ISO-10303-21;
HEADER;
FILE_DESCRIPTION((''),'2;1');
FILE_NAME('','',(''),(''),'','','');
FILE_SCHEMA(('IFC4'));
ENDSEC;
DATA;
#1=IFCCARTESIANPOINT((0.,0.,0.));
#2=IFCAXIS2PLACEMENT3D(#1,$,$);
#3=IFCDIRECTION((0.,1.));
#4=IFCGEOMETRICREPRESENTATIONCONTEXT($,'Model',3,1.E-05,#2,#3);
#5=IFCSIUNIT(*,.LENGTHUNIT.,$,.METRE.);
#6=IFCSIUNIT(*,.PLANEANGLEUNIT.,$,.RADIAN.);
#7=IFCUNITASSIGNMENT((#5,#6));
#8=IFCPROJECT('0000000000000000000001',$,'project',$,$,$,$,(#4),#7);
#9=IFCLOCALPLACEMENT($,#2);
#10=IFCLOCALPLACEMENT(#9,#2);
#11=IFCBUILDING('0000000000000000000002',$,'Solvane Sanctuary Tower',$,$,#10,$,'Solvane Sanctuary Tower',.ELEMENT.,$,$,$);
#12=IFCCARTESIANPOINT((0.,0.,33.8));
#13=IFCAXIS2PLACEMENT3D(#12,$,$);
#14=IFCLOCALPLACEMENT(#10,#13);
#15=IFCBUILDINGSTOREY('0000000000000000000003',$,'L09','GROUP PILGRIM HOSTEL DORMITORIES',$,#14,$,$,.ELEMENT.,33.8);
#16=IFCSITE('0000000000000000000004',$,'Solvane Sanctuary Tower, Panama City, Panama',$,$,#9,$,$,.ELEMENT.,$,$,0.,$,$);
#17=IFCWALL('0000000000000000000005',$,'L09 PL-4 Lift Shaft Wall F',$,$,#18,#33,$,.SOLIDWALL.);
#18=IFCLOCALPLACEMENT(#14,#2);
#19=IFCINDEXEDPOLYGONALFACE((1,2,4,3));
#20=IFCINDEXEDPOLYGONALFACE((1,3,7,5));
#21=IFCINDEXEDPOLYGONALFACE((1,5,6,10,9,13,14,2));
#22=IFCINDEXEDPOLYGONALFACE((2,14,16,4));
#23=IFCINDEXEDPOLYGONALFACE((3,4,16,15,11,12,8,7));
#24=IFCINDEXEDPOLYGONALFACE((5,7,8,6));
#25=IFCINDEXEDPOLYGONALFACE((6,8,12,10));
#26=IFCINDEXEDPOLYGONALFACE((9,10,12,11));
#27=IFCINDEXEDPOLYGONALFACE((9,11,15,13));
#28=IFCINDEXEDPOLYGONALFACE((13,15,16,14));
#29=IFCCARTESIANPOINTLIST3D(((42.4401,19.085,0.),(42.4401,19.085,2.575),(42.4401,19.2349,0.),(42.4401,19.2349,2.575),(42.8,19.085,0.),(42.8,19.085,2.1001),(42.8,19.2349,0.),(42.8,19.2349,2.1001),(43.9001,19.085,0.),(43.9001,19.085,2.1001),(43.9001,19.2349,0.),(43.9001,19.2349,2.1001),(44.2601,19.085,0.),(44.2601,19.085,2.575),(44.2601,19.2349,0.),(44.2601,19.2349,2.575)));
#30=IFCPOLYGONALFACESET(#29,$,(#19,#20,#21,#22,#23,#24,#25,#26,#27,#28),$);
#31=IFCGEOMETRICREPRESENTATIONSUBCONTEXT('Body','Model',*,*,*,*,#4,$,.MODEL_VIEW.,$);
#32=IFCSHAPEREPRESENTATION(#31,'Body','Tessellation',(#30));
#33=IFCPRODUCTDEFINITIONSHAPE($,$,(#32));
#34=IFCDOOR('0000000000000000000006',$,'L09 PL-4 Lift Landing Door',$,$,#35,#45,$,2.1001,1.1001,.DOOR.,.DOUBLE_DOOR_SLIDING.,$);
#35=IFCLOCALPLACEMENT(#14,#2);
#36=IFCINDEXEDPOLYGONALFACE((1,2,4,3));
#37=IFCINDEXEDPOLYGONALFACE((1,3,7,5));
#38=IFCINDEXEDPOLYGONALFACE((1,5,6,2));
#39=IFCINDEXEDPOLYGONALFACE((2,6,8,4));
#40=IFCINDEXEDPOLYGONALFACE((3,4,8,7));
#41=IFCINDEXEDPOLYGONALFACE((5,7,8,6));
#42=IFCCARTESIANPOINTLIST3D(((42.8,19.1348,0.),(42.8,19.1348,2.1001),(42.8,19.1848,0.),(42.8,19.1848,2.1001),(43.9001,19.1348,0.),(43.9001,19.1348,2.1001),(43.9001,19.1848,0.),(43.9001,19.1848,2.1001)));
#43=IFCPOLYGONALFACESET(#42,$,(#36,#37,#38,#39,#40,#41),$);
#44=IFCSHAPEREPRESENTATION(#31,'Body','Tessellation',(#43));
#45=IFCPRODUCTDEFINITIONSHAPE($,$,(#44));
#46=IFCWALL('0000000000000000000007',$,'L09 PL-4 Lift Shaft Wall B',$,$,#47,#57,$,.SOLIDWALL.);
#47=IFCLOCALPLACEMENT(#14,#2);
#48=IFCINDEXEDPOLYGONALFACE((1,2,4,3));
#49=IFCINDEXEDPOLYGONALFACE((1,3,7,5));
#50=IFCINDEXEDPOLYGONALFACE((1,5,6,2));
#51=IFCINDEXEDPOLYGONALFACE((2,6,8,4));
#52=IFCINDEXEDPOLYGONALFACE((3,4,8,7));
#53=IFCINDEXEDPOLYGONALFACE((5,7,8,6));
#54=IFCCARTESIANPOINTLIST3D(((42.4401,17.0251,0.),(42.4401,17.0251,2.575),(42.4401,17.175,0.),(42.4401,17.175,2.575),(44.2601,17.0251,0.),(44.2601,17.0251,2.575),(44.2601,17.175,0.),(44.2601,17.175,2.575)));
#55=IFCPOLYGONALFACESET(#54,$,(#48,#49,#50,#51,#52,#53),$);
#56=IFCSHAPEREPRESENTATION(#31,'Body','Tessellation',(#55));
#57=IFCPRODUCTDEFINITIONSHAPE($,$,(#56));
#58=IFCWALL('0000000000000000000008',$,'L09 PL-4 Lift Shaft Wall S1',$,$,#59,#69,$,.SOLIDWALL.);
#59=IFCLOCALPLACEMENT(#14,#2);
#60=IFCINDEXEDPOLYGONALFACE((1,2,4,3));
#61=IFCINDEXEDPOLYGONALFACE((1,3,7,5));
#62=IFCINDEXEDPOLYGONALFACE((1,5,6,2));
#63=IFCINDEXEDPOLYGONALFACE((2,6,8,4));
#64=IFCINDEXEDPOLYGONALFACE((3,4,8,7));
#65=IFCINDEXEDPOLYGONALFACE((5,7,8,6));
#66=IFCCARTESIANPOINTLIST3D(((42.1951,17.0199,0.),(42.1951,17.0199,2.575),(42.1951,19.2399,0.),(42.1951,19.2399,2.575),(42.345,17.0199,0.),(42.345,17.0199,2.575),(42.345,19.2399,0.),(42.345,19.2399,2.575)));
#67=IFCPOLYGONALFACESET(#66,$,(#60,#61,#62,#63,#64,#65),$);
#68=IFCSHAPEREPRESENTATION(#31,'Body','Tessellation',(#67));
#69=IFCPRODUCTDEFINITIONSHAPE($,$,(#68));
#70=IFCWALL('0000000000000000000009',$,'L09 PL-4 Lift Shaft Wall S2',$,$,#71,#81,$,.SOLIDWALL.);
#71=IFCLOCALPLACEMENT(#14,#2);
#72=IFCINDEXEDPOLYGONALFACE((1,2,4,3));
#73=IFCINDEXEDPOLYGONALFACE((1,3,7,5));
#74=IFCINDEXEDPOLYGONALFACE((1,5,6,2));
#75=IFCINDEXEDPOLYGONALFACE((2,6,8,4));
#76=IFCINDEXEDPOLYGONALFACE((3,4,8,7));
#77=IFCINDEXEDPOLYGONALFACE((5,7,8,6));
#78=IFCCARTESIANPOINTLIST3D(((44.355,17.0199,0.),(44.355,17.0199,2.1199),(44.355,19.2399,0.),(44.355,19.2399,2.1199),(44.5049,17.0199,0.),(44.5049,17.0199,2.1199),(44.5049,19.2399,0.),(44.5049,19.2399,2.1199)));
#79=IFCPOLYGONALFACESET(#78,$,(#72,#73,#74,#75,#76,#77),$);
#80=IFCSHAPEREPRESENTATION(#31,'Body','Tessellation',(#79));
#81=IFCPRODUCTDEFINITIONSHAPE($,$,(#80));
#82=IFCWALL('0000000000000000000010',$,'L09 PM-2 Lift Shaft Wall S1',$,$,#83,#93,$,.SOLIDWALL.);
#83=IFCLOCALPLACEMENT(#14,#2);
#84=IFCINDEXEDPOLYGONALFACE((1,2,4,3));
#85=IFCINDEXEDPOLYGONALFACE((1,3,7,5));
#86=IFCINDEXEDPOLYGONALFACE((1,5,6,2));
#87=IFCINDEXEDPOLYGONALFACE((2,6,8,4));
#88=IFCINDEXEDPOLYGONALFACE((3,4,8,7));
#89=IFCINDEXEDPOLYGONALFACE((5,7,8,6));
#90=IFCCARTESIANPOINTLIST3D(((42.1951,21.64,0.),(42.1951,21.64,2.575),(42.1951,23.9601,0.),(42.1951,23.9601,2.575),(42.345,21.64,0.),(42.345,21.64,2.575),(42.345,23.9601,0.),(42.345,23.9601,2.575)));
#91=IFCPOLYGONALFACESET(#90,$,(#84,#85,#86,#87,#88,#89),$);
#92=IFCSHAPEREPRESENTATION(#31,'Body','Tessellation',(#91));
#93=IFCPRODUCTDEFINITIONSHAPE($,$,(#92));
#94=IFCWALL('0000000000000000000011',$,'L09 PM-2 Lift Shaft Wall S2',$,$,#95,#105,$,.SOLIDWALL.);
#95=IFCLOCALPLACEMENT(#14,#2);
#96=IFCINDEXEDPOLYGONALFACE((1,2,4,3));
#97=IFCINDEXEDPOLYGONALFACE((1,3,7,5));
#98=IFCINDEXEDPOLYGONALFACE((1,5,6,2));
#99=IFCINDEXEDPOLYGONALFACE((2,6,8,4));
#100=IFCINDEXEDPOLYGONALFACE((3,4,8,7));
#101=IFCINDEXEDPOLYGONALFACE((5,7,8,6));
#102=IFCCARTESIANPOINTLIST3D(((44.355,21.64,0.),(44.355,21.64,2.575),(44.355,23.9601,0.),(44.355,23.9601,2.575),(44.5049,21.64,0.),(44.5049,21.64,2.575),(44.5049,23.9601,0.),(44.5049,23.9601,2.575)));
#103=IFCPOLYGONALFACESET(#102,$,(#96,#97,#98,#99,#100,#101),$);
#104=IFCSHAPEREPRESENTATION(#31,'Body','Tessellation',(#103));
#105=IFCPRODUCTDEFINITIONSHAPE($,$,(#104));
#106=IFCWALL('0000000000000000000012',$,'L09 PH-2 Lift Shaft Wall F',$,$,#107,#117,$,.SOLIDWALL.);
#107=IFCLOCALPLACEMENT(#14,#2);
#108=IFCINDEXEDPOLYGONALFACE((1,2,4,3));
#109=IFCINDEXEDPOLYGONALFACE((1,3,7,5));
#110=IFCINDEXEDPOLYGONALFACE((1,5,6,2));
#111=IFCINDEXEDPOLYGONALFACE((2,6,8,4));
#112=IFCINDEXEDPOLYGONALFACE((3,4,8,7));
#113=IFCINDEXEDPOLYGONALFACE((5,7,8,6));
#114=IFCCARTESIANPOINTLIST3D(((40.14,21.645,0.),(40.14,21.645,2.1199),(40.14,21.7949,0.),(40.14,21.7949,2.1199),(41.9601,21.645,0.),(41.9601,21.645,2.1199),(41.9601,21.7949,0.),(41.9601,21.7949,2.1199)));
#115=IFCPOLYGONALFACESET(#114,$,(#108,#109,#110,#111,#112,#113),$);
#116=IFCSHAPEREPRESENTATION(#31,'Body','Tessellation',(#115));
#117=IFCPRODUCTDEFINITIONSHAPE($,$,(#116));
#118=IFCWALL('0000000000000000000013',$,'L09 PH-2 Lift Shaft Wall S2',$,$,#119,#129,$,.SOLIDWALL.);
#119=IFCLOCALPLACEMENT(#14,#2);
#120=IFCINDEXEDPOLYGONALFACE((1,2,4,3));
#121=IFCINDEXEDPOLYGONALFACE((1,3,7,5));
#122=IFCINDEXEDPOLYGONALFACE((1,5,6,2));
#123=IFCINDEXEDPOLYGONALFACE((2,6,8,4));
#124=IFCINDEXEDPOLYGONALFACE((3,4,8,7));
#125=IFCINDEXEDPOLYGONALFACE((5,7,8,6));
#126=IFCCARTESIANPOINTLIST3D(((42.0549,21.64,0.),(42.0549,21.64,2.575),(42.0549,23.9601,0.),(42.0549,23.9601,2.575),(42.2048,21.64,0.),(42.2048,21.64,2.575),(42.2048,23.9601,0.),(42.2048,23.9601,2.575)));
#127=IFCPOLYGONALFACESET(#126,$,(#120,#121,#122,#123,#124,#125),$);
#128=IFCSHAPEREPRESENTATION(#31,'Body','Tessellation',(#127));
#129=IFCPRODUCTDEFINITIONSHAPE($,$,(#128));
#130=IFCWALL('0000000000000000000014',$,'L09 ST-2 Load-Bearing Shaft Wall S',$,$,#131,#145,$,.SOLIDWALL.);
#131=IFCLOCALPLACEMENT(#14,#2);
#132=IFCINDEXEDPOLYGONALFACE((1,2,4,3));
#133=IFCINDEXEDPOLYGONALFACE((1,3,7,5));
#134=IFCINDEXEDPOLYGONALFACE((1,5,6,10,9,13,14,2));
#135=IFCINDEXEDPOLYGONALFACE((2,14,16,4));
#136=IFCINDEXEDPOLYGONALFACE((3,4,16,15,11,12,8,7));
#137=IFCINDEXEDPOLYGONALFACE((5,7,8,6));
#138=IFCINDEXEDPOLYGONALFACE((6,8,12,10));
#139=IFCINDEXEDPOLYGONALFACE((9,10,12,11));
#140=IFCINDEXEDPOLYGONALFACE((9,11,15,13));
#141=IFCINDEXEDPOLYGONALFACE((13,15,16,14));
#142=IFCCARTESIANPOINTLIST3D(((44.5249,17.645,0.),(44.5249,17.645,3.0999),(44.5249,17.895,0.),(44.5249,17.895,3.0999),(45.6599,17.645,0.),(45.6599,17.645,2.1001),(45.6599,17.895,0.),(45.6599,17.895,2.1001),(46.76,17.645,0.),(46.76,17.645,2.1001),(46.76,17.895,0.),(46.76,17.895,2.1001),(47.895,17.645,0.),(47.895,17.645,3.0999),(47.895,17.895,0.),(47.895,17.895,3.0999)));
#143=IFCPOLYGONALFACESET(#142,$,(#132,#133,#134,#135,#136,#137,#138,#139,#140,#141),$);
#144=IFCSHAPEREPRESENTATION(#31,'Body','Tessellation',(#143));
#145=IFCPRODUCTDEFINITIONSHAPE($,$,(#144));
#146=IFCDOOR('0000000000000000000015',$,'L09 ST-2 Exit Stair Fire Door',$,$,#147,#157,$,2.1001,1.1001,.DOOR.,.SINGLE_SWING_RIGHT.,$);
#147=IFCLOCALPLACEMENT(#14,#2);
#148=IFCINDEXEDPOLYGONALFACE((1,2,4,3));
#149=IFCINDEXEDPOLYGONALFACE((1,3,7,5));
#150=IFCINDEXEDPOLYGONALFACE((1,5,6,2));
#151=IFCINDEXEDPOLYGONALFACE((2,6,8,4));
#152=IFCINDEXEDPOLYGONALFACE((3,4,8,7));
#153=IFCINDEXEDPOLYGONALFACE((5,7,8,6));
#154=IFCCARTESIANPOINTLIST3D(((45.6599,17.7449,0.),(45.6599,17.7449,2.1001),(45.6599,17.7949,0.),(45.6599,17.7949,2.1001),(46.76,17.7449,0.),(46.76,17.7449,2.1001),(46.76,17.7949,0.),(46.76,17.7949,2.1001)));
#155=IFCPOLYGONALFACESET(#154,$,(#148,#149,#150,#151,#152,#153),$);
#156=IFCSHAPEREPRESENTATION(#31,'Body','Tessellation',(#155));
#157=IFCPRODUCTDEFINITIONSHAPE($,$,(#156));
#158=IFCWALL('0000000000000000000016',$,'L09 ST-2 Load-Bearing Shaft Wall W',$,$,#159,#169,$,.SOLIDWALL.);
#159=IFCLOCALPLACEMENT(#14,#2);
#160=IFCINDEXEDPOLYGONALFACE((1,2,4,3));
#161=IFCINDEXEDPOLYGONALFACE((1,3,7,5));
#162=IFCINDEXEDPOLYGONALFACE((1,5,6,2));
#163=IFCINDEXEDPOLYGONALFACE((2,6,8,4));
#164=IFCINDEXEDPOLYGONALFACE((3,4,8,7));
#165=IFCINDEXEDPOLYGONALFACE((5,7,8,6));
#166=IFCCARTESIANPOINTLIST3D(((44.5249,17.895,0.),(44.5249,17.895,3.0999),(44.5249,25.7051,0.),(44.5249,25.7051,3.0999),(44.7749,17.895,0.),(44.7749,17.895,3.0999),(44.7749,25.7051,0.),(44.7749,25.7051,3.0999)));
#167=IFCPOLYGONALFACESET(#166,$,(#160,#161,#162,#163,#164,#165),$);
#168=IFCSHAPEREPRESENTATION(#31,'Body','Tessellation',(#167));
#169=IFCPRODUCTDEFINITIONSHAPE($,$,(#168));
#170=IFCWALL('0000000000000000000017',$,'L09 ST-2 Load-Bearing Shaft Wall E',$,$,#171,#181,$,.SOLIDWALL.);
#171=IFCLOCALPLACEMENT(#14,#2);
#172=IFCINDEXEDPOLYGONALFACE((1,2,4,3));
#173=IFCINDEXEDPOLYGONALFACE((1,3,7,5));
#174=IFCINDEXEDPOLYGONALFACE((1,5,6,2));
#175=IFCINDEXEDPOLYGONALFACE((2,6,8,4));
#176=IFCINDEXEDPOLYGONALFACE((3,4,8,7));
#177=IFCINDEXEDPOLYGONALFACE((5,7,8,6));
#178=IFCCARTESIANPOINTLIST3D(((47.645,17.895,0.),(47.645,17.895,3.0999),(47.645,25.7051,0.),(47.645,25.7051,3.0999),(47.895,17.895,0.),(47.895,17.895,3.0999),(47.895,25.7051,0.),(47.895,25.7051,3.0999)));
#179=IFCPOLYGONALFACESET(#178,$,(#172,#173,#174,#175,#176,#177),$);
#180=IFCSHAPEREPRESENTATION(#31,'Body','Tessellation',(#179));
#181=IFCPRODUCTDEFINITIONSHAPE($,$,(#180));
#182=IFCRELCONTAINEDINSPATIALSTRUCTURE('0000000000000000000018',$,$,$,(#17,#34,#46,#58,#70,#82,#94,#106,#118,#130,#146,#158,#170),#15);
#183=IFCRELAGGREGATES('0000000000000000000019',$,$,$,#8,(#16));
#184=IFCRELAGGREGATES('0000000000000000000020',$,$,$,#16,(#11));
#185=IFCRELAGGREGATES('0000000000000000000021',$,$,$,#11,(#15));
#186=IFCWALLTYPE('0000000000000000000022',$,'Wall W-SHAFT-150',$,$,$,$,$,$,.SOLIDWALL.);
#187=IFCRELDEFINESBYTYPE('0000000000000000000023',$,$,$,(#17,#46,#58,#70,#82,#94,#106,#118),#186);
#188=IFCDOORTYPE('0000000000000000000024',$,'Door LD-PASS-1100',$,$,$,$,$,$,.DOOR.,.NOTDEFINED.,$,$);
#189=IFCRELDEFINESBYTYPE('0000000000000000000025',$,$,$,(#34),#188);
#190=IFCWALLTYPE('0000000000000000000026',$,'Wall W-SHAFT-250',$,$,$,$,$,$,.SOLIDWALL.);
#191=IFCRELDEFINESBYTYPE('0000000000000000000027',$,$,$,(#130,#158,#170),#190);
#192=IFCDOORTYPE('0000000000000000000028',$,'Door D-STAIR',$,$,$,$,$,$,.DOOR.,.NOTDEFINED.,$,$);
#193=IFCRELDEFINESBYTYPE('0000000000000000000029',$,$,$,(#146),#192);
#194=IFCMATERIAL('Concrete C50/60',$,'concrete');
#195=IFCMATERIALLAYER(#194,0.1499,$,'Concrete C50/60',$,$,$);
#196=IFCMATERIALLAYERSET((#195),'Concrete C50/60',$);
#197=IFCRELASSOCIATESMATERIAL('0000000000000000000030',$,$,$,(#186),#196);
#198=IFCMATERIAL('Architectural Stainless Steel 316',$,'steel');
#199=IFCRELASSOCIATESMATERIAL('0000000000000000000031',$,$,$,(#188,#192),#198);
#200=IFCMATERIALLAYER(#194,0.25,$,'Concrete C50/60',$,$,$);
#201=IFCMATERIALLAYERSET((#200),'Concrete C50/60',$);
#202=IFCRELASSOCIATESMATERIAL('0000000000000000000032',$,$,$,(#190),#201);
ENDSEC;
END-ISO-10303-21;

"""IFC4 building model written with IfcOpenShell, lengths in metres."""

from ifc_helpers import new_model, si_unit, direction, frame, frame_2d, origin, place, context, subcontext, project, spatial, rectangle, extrude, material, layer, layer_set, type_object, element, fill, save


model = new_model("IFC4")

# Units and contexts
model_context = context("Model", 3, precision=1e-05, world=origin(), true_north=direction((0.0, 1.0)))
body_context = subcontext(model_context, "Body", "Model", "MODEL_VIEW")
ifc_project = project(units=[si_unit("LENGTHUNIT", "METRE"), si_unit("PLANEANGLEUNIT", "RADIAN")], contexts=[model_context])

# Site, building, storey
site_placement = place(None, origin())
site = spatial("IfcSite", under=ifc_project, at=site_placement, Name="Solvane Sanctuary Tower, Panama City, Panama", CompositionType="ELEMENT", RefElevation=0.0)
building_placement = place(site_placement, origin())
building = spatial("IfcBuilding", under=site, at=building_placement, Name="Solvane Sanctuary Tower", LongName="Solvane Sanctuary Tower", CompositionType="ELEMENT")
storey_placement = place(building_placement, frame((0.0, 0.0, 33.8)))
storey = spatial("IfcBuildingStorey", under=building, at=storey_placement, Name="L09", Description="GROUP PILGRIM HOSTEL DORMITORIES", CompositionType="ELEMENT", Elevation=33.8)

# Shared definitions
ifc_material_1 = material(Name="Concrete C50/60", Category="concrete")
ifc_layer_1 = layer(ifc_material_1, 0.1499, Name="Concrete C50/60")
ifc_layer_set_1 = layer_set([ifc_layer_1], Name="Concrete C50/60")
wall_type_1 = type_object("IfcWallType", Name="Wall W-SHAFT-150", PredefinedType="SOLIDWALL", material=ifc_layer_set_1)

# Wall, opening, door
wall_1_placement = place(storey_placement, frame((42.4399, 19.1599, 0.0), z_axis=(0.0, 0.0, 1.0), x_axis=(1.0, 0.0, 0.0)))
wall_1 = element("IfcWall", 1, at=wall_1_placement, inside=storey, type_object=wall_type_1, Name="L09 PL-4 Lift Shaft Wall F", PredefinedType="SOLIDWALL", context=body_context, shape_type="SweptSolid", body=[
    extrude(rectangle(XDim=1.8201, YDim=0.1499, at=frame_2d((0.9102, 0.0))), origin(), (0.0, 0.0, 1.0), 2.575),
])
opening_1_placement = place(wall_1_placement, frame((0.3601, 0.0, 0.0)))
opening_1 = element("IfcOpeningElement", 2, at=opening_1_placement, cuts=wall_1, PredefinedType="OPENING", context=body_context, shape_type="SweptSolid", body=[
    extrude(rectangle(XDim=1.1001, YDim=2.1001, at=frame_2d((0.55, 1.05))), frame((0.0, 0.085, 0.0), z_axis=(0.0, -1.0, 0.0), x_axis=(1.0, 0.0, 0.0)), (0.0, 0.0, 1.0), 0.1699),
])
ifc_material_2 = material(Name="Architectural Stainless Steel 316", Category="steel")
door_type_1 = type_object("IfcDoorType", Name="Door LD-PASS-1100", OperationType="NOTDEFINED", PredefinedType="DOOR", material=ifc_material_2)
door_1_placement = place(opening_1_placement, origin())
door_1 = element("IfcDoor", 3, at=door_1_placement, inside=storey, type_object=door_type_1, Name="L09 PL-4 Lift Landing Door", OperationType="DOUBLE_DOOR_SLIDING", OverallHeight=2.1001, OverallWidth=1.1001, PredefinedType="DOOR", context=body_context, shape_type="SweptSolid", body=[
    extrude(rectangle(XDim=1.1001, YDim=2.1001, at=frame_2d((0.55, 1.05))), frame((0.0, 0.0249, 0.0), z_axis=(0.0, -1.0, 0.0), x_axis=(1.0, 0.0, 0.0)), (0.0, 0.0, 1.0), 0.05),
])
fill(opening_1, door_1)

# Walls
wall_2_placement = place(storey_placement, frame((42.4399, 17.1001, 0.0), z_axis=(0.0, 0.0, 1.0), x_axis=(1.0, 0.0, 0.0)))
element("IfcWall", 4, at=wall_2_placement, inside=storey, type_object=wall_type_1, Name="L09 PL-4 Lift Shaft Wall B", PredefinedType="SOLIDWALL", context=body_context, shape_type="SweptSolid", body=[
    extrude(rectangle(XDim=1.8201, YDim=0.1499, at=frame_2d((0.9102, 0.0))), origin(), (0.0, 0.0, 1.0), 2.575),
])
wall_3_placement = place(storey_placement, frame((42.27, 17.02, 0.0), z_axis=(0.0, 0.0, 1.0), x_axis=(0.0, 1.0, 0.0)))
element("IfcWall", 5, at=wall_3_placement, inside=storey, type_object=wall_type_1, Name="L09 PL-4 Lift Shaft Wall S1", PredefinedType="SOLIDWALL", context=body_context, shape_type="SweptSolid", body=[
    extrude(rectangle(XDim=2.22, YDim=0.1499, at=frame_2d((1.1099, 0.0))), origin(), (0.0, 0.0, 1.0), 2.575),
])
wall_4_placement = place(storey_placement, frame((44.4299, 17.02, 0.0), z_axis=(0.0, 0.0, 1.0), x_axis=(0.0, 1.0, 0.0)))
element("IfcWall", 6, at=wall_4_placement, inside=storey, type_object=wall_type_1, Name="L09 PL-4 Lift Shaft Wall S2", PredefinedType="SOLIDWALL", context=body_context, shape_type="SweptSolid", body=[
    extrude(rectangle(XDim=2.22, YDim=0.1499, at=frame_2d((1.1099, 0.0))), origin(), (0.0, 0.0, 1.0), 2.1199),
])
for number, where, z_axis, x_axis, name in (
    (7, (42.27, 21.6399, 0.0), (0.0, 0.0, 1.0), (0.0, 1.0, 0.0), "L09 PM-2 Lift Shaft Wall S1"),
    (8, (44.4299, 21.6399, 0.0), (0.0, 0.0, 1.0), (0.0, 1.0, 0.0), "L09 PM-2 Lift Shaft Wall S2"),
):
    element("IfcWall", number, at=place(storey_placement, frame(where, z_axis=z_axis, x_axis=x_axis)), inside=storey, type_object=wall_type_1, Name=name, PredefinedType="SOLIDWALL", context=body_context, shape_type="SweptSolid", body=[
        extrude(rectangle(XDim=2.3201, YDim=0.1499, at=frame_2d((1.1602, 0.0))), origin(), (0.0, 0.0, 1.0), 2.575),
    ])
wall_5_placement = place(storey_placement, frame((40.1399, 21.72, 0.0), z_axis=(0.0, 0.0, 1.0), x_axis=(1.0, 0.0, 0.0)))
element("IfcWall", 9, at=wall_5_placement, inside=storey, type_object=wall_type_1, Name="L09 PH-2 Lift Shaft Wall F", PredefinedType="SOLIDWALL", context=body_context, shape_type="SweptSolid", body=[
    extrude(rectangle(XDim=1.8201, YDim=0.1499, at=frame_2d((0.9102, 0.0))), origin(), (0.0, 0.0, 1.0), 2.1199),
])
wall_6_placement = place(storey_placement, frame((42.1299, 21.6399, 0.0), z_axis=(0.0, 0.0, 1.0), x_axis=(0.0, 1.0, 0.0)))
element("IfcWall", 10, at=wall_6_placement, inside=storey, type_object=wall_type_1, Name="L09 PH-2 Lift Shaft Wall S2", PredefinedType="SOLIDWALL", context=body_context, shape_type="SweptSolid", body=[
    extrude(rectangle(XDim=2.3201, YDim=0.1499, at=frame_2d((1.1602, 0.0))), origin(), (0.0, 0.0, 1.0), 2.575),
])

# Wall, opening, door
ifc_layer_2 = layer(ifc_material_1, 0.25, Name="Concrete C50/60")
ifc_layer_set_2 = layer_set([ifc_layer_2], Name="Concrete C50/60")
wall_type_2 = type_object("IfcWallType", Name="Wall W-SHAFT-250", PredefinedType="SOLIDWALL", material=ifc_layer_set_2)
wall_7_placement = place(storey_placement, frame((44.5249, 17.77, 0.0), z_axis=(0.0, 0.0, 1.0), x_axis=(1.0, 0.0, 0.0)))
wall_7 = element("IfcWall", 11, at=wall_7_placement, inside=storey, type_object=wall_type_2, Name="L09 ST-2 Load-Bearing Shaft Wall S", PredefinedType="SOLIDWALL", context=body_context, shape_type="SweptSolid", body=[
    extrude(rectangle(XDim=3.3701, YDim=0.25, at=frame_2d((1.6851, 0.0))), origin(), (0.0, 0.0, 1.0), 3.0999),
])
opening_2_placement = place(wall_7_placement, frame((1.135, 0.0, 0.0)))
opening_2 = element("IfcOpeningElement", 12, at=opening_2_placement, cuts=wall_7, PredefinedType="OPENING", context=body_context, shape_type="SweptSolid", body=[
    extrude(rectangle(XDim=1.1001, YDim=2.1001, at=frame_2d((0.55, 1.05))), frame((0.0, 0.135, 0.0), z_axis=(0.0, -1.0, 0.0), x_axis=(1.0, 0.0, 0.0)), (0.0, 0.0, 1.0), 0.27),
])
door_type_2 = type_object("IfcDoorType", Name="Door D-STAIR", OperationType="NOTDEFINED", PredefinedType="DOOR", material=ifc_material_2)
door_2_placement = place(opening_2_placement, origin())
door_2 = element("IfcDoor", 13, at=door_2_placement, inside=storey, type_object=door_type_2, Name="L09 ST-2 Exit Stair Fire Door", OperationType="SINGLE_SWING_RIGHT", OverallHeight=2.1001, OverallWidth=1.1001, PredefinedType="DOOR", context=body_context, shape_type="SweptSolid", body=[
    extrude(rectangle(XDim=1.1001, YDim=2.1001, at=frame_2d((0.55, 1.05))), frame((0.0, 0.0249, 0.0), z_axis=(0.0, -1.0, 0.0), x_axis=(1.0, 0.0, 0.0)), (0.0, 0.0, 1.0), 0.05),
])
fill(opening_2, door_2)

# Walls
for number, where, z_axis, x_axis, name in (
    (14, (44.6499, 17.895, 0.0), (0.0, 0.0, 1.0), (0.0, 1.0, 0.0), "L09 ST-2 Load-Bearing Shaft Wall W"),
    (15, (47.77, 17.895, 0.0), (0.0, 0.0, 1.0), (0.0, 1.0, 0.0), "L09 ST-2 Load-Bearing Shaft Wall E"),
):
    element("IfcWall", number, at=place(storey_placement, frame(where, z_axis=z_axis, x_axis=x_axis)), inside=storey, type_object=wall_type_2, Name=name, PredefinedType="SOLIDWALL", context=body_context, shape_type="SweptSolid", body=[
        extrude(rectangle(XDim=7.8101, YDim=0.25, at=frame_2d((3.905, 0.0))), origin(), (0.0, 0.0, 1.0), 3.0999),
    ])

save(model, "model.ifc")
